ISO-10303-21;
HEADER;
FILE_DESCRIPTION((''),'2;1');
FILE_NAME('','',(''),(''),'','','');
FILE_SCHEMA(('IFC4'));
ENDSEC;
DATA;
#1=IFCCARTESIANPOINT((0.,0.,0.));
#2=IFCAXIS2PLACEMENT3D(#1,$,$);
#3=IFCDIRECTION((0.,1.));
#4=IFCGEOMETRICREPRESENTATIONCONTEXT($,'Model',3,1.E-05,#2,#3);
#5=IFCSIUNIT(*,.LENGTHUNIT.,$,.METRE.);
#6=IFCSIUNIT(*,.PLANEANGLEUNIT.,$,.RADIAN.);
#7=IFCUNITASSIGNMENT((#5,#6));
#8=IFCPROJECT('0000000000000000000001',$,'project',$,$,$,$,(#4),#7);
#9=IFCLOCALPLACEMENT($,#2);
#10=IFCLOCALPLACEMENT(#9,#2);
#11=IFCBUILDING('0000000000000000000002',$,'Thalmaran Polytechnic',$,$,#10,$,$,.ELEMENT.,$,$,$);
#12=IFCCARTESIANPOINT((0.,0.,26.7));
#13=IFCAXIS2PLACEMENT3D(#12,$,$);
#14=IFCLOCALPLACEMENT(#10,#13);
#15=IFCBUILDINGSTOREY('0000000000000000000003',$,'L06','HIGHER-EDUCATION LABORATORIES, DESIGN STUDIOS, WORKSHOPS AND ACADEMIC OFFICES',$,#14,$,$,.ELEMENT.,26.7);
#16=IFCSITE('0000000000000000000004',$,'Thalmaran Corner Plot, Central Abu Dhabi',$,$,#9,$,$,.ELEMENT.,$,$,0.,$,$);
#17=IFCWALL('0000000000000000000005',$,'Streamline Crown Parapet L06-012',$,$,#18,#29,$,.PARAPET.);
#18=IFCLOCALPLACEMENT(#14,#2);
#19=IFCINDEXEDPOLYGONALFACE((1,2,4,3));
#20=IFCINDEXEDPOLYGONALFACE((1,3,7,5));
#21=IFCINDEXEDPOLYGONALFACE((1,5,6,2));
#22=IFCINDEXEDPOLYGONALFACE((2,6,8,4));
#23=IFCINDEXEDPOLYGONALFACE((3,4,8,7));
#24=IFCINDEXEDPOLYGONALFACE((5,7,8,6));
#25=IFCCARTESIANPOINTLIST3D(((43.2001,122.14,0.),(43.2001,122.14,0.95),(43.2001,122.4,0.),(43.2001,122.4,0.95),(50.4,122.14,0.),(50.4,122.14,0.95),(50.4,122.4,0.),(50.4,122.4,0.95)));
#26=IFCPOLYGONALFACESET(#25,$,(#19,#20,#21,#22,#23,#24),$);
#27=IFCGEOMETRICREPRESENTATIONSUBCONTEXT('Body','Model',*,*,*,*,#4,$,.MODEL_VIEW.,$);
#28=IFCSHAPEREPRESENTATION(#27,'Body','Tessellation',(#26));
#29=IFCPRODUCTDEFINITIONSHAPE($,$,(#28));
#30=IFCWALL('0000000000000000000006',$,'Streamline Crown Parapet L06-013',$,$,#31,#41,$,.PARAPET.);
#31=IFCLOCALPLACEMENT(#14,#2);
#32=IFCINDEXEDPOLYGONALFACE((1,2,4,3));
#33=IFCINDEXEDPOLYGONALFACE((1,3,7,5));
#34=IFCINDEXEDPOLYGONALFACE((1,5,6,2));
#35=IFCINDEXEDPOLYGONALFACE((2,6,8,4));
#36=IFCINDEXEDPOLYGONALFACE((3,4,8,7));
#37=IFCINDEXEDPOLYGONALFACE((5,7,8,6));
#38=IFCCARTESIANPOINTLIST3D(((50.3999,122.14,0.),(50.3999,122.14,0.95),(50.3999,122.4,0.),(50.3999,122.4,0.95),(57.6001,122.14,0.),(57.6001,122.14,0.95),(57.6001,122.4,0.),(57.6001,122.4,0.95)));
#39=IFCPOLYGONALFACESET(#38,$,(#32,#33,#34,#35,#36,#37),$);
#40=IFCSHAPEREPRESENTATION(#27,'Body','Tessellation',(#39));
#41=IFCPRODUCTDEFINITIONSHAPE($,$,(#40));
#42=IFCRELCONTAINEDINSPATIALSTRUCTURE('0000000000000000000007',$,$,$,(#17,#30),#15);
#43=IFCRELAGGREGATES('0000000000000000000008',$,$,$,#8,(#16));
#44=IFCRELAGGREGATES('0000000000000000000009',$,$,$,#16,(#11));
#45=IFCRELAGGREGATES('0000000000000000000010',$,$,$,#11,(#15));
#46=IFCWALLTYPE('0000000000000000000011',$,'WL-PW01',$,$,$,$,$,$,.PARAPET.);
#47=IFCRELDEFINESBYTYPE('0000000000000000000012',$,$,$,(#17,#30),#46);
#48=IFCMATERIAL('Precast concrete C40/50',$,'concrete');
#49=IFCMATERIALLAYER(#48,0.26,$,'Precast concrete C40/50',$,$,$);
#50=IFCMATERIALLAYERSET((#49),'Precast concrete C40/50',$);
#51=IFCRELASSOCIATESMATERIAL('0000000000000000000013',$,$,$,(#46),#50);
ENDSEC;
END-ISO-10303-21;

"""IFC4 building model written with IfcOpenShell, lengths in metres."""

from ifc_helpers import new_model, si_unit, direction, frame, frame_2d, origin, place, context, subcontext, project, spatial, rectangle, extrude, material, layer, layer_set, type_object, element, save


model = new_model("IFC4")

# Units and contexts
model_context = context("Model", 3, precision=1e-05, world=origin(), true_north=direction((0.0, 1.0)))
body_context = subcontext(model_context, "Body", "Model", "MODEL_VIEW")
ifc_project = project(units=[si_unit("LENGTHUNIT", "METRE"), si_unit("PLANEANGLEUNIT", "RADIAN")], contexts=[model_context])

# Site, building, storey
site_placement = place(None, origin())
site = spatial("IfcSite", under=ifc_project, at=site_placement, Name="Thalmaran Corner Plot, Central Abu Dhabi", CompositionType="ELEMENT", RefElevation=0.0)
building_placement = place(site_placement, origin())
building = spatial("IfcBuilding", under=site, at=building_placement, Name="Thalmaran Polytechnic", CompositionType="ELEMENT")
storey_placement = place(building_placement, frame((0.0, 0.0, 26.7)))
storey = spatial("IfcBuildingStorey", under=building, at=storey_placement, Name="L06", Description="HIGHER-EDUCATION LABORATORIES, DESIGN STUDIOS, WORKSHOPS AND ACADEMIC OFFICES", CompositionType="ELEMENT", Elevation=26.7)

# Shared definitions
ifc_material_1 = material(Name="Precast concrete C40/50", Category="concrete")

# Walls
ifc_layer_1 = layer(ifc_material_1, 0.26, Name="Precast concrete C40/50")
ifc_layer_set_1 = layer_set([ifc_layer_1], Name="Precast concrete C40/50")
wall_type_1 = type_object("IfcWallType", Name="WL-PW01", PredefinedType="PARAPET", material=ifc_layer_set_1)
for number, where, z_axis, x_axis, name in (
    (1, (43.2, 122.27, 0.0), (0.0, 0.0, 1.0), (1.0, 0.0, 0.0), "Streamline Crown Parapet L06-012"),
):
    element("IfcWall", number, at=place(storey_placement, frame(where, z_axis=z_axis, x_axis=x_axis)), inside=storey, type_object=wall_type_1, Name=name, PredefinedType="PARAPET", context=body_context, shape_type="SweptSolid", body=[
        extrude(rectangle(XDim=7.2, YDim=0.26, at=frame_2d((3.6001, 0.0))), origin(), (0.0, 0.0, 1.0), 0.95),
    ])
wall_1_placement = place(storey_placement, frame((50.3999, 122.27, 0.0), z_axis=(0.0, 0.0, 1.0), x_axis=(1.0, 0.0, 0.0)))
element("IfcWall", 2, at=wall_1_placement, inside=storey, type_object=wall_type_1, Name="Streamline Crown Parapet L06-013", PredefinedType="PARAPET", context=body_context, shape_type="SweptSolid", body=[
    extrude(rectangle(XDim=7.2002, YDim=0.26, at=frame_2d((3.6001, 0.0))), origin(), (0.0, 0.0, 1.0), 0.95),
])

save(model, "model.ifc")
